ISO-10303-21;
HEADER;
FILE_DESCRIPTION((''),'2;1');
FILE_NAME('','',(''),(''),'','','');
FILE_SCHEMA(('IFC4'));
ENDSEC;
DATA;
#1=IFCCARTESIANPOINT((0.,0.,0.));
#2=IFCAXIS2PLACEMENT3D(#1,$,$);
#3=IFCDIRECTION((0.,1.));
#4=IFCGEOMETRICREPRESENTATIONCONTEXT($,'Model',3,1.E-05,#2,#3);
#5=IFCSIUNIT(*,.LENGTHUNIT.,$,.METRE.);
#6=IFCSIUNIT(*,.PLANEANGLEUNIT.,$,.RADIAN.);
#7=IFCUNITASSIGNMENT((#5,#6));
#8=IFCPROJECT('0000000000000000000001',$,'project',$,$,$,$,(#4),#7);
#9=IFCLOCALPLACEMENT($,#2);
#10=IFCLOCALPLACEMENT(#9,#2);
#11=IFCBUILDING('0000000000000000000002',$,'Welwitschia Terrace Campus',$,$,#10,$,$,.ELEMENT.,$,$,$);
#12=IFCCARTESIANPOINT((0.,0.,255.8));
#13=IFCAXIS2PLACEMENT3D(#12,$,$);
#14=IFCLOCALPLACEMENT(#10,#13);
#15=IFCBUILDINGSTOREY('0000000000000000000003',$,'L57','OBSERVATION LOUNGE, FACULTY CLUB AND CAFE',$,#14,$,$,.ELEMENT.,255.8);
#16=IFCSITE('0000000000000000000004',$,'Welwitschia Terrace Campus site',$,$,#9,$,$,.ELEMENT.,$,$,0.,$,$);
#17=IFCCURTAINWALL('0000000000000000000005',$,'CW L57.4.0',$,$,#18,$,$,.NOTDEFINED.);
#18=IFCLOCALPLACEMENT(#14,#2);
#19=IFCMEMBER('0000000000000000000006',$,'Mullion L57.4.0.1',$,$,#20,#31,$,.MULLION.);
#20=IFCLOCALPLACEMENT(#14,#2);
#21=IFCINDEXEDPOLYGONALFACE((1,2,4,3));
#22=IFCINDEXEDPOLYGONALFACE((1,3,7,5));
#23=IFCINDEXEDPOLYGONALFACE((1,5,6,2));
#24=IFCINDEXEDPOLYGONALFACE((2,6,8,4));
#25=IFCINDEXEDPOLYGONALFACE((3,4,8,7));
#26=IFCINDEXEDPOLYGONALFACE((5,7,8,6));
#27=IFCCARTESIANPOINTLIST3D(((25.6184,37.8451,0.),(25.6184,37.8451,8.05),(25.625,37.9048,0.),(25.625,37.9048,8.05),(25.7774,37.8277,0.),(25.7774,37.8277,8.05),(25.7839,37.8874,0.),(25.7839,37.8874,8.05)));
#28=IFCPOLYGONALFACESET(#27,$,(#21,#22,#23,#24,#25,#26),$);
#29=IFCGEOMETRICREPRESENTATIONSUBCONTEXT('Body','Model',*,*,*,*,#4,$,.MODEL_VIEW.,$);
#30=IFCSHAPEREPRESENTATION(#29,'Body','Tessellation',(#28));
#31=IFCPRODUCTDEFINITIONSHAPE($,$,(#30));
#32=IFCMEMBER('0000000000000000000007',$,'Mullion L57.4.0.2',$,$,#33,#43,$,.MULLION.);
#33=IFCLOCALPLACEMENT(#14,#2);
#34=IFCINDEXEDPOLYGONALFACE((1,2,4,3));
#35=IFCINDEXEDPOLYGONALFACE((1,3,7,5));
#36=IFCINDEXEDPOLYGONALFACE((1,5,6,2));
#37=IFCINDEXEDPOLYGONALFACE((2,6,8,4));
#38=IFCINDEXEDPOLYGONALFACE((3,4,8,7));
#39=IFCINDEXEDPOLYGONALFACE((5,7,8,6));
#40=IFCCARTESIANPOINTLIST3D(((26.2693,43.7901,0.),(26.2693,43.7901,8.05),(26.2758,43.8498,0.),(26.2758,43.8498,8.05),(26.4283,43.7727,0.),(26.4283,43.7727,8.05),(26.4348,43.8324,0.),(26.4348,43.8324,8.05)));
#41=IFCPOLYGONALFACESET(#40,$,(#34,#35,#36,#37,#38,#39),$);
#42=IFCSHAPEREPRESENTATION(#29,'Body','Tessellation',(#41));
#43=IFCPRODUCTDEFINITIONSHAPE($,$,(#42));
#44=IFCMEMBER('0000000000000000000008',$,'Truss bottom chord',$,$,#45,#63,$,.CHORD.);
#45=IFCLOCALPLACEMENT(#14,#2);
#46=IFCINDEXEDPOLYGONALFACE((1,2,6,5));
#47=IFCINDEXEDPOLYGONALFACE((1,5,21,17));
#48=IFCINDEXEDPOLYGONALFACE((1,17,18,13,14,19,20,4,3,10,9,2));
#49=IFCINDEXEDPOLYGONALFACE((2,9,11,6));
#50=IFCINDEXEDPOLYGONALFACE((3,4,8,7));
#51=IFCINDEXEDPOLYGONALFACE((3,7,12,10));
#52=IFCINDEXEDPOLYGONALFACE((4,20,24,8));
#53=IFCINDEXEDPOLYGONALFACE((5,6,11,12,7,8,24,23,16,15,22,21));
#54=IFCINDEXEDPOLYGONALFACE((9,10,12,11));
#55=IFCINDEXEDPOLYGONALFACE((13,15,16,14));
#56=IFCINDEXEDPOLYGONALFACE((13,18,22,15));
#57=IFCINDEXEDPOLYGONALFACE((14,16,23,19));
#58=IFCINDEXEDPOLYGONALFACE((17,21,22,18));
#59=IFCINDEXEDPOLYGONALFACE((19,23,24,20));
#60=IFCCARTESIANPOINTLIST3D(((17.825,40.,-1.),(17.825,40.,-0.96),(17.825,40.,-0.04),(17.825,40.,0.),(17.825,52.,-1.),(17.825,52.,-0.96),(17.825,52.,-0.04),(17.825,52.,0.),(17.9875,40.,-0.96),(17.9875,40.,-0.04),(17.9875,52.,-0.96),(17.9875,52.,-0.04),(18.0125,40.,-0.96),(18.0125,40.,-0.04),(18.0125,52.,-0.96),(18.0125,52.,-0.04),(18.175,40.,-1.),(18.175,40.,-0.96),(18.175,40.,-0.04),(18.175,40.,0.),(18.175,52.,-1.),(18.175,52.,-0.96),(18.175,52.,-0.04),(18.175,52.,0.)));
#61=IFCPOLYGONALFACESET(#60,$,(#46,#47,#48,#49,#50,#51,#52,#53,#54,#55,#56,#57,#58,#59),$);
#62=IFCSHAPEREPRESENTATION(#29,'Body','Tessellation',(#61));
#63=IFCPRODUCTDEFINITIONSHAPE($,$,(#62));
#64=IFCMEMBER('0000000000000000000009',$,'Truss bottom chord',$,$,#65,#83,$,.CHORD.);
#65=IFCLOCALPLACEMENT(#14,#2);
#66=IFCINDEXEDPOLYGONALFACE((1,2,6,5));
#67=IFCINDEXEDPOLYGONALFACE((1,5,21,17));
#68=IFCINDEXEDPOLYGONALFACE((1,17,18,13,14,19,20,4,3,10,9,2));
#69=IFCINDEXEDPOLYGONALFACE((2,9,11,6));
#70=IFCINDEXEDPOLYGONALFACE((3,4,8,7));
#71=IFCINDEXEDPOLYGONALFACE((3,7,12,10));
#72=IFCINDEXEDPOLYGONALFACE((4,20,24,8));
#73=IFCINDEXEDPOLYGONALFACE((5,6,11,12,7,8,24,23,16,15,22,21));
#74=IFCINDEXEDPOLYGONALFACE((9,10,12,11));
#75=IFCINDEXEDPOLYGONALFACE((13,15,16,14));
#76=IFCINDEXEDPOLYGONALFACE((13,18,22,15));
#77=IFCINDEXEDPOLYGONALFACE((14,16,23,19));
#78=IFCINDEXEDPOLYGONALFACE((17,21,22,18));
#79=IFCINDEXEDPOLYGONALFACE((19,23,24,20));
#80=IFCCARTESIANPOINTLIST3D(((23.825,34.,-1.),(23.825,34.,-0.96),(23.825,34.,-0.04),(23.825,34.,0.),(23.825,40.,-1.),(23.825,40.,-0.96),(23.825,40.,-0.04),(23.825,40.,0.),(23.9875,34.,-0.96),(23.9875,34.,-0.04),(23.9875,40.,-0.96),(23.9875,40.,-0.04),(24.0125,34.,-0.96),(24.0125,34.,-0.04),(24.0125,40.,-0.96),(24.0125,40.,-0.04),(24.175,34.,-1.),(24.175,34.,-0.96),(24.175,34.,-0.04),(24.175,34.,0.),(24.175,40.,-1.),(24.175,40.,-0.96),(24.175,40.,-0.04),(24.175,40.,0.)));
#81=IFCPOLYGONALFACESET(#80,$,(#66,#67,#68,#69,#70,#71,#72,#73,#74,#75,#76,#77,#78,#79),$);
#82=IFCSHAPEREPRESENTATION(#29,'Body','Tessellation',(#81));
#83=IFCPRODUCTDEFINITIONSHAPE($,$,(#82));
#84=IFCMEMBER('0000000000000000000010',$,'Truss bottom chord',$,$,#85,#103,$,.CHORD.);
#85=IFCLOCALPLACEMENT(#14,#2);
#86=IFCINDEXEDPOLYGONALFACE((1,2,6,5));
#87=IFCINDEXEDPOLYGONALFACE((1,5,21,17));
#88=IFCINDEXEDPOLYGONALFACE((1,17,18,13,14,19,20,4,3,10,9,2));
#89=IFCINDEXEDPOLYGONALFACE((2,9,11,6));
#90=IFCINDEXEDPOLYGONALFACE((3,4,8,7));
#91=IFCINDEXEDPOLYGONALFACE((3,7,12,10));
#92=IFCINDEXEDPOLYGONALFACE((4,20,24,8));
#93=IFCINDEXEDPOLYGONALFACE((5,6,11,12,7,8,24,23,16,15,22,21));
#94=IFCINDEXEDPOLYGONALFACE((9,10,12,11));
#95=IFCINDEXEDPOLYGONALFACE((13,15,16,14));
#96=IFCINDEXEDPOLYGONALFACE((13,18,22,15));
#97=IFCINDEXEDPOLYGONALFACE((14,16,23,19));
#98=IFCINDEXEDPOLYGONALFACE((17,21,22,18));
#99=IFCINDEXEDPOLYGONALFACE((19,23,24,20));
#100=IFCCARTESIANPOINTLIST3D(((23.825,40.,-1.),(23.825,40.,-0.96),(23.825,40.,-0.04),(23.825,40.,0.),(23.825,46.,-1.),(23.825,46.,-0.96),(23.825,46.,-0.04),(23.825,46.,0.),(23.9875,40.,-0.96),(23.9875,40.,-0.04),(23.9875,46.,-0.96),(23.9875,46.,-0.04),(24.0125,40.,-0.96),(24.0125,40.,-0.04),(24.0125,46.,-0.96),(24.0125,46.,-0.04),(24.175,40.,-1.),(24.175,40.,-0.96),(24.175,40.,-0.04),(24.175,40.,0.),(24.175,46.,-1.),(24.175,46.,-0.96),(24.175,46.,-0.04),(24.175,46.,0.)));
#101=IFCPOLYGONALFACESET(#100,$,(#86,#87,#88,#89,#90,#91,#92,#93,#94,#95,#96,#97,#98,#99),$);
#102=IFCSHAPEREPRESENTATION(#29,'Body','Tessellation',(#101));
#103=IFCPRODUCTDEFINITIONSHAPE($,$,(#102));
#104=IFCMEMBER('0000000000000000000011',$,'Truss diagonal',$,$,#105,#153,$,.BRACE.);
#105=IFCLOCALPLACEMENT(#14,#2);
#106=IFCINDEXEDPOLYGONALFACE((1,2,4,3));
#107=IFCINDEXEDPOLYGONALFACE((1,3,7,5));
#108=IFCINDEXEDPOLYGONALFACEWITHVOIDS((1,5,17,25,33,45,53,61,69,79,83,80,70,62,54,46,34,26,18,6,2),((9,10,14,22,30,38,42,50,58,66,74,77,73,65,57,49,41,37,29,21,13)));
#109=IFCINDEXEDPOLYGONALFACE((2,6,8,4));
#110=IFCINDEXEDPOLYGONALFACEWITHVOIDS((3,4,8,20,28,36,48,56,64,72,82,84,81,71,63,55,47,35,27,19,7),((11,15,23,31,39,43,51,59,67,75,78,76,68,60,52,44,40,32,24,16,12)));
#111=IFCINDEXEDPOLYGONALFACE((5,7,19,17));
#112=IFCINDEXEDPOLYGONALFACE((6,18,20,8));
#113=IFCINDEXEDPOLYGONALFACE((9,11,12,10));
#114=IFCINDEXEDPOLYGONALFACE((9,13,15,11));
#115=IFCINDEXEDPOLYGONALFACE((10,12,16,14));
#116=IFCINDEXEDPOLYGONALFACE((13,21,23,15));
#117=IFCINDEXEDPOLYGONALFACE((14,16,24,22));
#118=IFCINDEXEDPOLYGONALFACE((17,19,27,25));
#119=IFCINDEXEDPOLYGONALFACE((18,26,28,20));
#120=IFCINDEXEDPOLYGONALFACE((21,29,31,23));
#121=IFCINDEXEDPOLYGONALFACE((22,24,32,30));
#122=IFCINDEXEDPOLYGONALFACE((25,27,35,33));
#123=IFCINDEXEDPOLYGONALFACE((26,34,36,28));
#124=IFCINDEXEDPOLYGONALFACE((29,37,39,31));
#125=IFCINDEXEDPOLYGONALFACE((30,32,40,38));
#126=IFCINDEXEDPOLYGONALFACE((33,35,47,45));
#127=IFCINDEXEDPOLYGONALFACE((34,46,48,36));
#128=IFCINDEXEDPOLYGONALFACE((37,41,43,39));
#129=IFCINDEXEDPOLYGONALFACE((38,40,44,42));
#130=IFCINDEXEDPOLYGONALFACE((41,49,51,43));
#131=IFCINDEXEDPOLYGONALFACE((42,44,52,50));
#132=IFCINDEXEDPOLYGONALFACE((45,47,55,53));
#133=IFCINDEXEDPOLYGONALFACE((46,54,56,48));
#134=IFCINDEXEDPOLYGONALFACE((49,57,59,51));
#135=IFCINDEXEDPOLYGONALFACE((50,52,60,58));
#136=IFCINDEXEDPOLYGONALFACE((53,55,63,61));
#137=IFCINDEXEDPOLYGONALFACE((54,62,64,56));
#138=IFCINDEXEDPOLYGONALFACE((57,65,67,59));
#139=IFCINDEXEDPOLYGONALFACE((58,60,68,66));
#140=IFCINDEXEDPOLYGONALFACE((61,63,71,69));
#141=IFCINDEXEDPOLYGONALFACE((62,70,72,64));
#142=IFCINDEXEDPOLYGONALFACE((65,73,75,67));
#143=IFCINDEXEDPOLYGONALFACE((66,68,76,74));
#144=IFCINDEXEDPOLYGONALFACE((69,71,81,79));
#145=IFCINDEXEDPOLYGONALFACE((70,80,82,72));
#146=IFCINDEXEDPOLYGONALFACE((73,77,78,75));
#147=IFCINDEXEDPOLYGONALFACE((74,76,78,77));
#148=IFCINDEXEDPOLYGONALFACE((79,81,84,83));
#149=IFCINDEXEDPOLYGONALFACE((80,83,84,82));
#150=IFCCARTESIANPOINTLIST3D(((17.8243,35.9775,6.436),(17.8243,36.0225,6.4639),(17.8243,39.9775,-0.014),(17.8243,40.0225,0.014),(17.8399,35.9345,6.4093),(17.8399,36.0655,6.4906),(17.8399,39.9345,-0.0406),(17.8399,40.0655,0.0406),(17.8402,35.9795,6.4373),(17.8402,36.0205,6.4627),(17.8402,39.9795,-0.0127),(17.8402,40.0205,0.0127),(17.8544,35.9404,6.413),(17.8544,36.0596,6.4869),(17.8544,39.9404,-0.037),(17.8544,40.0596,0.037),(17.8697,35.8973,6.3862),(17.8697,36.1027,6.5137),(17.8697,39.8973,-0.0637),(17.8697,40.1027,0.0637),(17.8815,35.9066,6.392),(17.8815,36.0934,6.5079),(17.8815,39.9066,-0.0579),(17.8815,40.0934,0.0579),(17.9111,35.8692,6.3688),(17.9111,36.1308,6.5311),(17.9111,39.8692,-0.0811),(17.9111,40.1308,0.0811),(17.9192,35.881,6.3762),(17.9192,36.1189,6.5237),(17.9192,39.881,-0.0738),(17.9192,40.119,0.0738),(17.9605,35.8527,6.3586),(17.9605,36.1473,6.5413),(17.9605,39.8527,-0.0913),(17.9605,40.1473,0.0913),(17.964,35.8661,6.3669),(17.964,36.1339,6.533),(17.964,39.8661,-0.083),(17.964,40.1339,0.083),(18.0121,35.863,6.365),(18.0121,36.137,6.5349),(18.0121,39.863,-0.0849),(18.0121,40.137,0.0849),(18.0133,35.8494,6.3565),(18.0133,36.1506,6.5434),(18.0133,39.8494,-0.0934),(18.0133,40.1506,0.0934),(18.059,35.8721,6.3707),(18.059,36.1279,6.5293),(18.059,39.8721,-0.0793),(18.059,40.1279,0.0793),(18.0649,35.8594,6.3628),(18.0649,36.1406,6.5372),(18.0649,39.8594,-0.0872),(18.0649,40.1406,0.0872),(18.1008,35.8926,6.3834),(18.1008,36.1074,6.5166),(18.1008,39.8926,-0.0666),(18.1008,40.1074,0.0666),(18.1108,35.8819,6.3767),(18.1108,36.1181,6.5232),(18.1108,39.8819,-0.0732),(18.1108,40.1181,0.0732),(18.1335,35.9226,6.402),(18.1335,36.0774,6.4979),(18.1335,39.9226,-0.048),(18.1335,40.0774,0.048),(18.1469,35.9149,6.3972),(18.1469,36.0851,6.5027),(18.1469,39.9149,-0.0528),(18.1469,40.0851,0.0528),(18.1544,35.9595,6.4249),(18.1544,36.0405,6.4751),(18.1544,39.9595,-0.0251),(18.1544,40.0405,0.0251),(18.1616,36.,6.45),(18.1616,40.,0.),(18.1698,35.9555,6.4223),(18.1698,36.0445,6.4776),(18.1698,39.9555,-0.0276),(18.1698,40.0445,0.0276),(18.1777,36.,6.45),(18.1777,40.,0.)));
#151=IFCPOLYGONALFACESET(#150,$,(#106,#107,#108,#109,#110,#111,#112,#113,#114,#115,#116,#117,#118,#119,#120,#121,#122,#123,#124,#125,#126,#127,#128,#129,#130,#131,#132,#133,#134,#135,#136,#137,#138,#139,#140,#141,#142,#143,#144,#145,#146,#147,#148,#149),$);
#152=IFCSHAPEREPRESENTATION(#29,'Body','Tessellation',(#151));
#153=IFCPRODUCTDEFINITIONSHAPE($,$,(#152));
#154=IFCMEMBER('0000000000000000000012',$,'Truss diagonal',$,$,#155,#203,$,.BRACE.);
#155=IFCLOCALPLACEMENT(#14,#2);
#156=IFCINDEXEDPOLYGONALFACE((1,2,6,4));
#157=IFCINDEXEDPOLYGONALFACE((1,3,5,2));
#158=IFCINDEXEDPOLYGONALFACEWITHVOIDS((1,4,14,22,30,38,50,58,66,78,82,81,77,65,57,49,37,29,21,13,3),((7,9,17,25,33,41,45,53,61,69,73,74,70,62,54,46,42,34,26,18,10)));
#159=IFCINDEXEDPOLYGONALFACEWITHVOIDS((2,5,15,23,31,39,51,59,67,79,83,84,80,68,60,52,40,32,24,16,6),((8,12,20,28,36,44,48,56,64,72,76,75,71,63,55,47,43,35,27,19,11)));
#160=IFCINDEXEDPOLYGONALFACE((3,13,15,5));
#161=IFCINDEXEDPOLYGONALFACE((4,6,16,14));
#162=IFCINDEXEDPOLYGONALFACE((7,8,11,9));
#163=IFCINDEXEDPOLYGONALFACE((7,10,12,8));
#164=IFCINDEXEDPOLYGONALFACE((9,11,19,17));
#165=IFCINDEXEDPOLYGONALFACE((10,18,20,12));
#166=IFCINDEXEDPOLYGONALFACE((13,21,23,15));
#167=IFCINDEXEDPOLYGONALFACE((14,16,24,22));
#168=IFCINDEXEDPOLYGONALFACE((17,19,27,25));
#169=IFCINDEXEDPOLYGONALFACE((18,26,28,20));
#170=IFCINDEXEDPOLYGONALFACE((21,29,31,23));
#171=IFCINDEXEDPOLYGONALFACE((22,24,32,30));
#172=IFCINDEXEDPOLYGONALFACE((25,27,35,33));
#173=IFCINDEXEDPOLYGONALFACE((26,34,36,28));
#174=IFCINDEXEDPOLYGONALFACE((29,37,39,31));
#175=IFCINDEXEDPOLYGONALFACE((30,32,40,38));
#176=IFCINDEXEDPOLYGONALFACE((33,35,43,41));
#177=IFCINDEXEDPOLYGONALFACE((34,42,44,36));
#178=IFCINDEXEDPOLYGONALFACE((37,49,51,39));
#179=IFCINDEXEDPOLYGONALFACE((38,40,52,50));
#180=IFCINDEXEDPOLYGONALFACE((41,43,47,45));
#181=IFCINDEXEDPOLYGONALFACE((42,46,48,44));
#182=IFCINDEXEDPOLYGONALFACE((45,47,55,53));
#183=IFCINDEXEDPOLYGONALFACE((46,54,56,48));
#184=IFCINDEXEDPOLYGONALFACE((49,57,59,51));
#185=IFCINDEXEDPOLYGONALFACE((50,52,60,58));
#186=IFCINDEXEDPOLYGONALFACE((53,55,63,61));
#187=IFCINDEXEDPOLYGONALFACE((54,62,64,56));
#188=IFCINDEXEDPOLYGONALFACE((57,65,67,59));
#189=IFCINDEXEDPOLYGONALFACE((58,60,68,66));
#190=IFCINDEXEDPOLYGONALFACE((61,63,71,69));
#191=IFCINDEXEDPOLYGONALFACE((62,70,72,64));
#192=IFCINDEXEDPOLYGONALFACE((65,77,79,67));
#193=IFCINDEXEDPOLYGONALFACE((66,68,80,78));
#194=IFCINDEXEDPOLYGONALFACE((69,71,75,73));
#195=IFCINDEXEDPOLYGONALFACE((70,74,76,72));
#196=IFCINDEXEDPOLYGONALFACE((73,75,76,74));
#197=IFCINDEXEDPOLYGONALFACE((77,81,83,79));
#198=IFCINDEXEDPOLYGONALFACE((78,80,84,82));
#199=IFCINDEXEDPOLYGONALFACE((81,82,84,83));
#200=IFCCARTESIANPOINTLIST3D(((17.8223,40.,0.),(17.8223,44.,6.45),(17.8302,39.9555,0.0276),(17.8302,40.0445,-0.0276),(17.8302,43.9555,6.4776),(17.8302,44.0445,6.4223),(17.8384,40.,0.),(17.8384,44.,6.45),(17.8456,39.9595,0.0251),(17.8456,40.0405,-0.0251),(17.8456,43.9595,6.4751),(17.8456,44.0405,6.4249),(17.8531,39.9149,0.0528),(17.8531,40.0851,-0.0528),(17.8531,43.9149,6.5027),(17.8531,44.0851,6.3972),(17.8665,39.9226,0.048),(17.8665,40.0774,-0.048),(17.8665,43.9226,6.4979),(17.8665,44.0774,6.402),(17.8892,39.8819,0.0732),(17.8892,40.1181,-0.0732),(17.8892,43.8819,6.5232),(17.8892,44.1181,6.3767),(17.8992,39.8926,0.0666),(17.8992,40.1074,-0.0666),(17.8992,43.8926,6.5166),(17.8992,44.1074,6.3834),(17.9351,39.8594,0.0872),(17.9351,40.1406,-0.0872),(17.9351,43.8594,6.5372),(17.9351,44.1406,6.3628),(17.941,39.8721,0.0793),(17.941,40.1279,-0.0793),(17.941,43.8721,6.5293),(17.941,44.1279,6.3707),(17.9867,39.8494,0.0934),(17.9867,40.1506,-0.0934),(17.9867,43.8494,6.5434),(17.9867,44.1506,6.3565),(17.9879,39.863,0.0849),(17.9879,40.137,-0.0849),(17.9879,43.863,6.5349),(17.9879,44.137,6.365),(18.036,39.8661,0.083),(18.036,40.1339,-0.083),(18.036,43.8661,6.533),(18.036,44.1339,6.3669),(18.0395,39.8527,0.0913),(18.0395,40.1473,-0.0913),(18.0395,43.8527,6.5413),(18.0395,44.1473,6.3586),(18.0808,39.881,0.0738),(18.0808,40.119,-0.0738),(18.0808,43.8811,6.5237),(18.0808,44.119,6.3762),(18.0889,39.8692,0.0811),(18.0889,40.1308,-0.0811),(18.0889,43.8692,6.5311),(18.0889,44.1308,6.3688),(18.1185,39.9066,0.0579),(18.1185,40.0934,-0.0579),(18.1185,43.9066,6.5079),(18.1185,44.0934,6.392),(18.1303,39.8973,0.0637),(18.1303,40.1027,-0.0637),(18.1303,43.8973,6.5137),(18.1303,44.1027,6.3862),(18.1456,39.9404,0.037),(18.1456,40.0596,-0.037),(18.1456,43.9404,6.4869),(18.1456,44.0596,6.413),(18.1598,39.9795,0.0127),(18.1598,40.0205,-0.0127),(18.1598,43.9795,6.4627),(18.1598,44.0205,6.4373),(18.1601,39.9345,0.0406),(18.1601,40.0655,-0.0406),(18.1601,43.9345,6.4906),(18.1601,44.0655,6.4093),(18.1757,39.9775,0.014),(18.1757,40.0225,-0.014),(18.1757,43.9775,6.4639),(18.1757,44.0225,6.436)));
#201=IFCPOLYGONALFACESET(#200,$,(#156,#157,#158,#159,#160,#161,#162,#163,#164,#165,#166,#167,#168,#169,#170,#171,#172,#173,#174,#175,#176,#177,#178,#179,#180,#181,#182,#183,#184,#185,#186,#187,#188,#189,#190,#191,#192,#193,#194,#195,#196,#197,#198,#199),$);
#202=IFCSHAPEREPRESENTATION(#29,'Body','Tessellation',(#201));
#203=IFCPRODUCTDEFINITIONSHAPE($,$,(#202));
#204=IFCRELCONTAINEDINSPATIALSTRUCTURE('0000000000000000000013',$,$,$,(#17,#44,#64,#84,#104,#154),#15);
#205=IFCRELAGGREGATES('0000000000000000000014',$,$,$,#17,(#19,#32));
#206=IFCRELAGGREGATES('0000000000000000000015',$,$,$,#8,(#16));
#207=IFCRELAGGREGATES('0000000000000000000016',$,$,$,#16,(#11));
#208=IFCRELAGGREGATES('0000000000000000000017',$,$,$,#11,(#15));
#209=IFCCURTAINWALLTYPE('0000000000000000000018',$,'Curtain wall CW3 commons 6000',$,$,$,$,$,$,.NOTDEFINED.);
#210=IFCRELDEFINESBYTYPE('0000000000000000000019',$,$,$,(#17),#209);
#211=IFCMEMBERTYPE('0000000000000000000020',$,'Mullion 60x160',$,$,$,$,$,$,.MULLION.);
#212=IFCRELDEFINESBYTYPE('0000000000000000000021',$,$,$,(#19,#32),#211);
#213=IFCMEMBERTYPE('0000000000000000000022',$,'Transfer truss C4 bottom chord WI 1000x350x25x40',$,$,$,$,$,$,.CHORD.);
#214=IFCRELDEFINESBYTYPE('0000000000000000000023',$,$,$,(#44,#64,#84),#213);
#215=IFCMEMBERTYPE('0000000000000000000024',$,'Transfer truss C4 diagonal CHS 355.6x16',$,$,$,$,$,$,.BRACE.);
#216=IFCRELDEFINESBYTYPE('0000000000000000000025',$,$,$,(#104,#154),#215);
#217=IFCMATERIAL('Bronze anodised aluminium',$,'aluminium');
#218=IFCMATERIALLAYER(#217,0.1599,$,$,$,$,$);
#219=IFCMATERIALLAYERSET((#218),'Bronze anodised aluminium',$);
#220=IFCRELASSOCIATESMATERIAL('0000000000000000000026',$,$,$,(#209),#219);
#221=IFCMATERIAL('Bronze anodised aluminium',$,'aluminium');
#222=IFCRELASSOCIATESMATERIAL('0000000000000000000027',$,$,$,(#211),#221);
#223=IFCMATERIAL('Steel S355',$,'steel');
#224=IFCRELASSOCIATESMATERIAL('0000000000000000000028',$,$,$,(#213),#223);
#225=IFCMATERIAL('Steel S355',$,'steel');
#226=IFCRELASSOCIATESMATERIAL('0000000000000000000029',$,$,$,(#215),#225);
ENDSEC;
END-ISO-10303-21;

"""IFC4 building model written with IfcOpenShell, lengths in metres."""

from ifc_helpers import new_model, si_unit, direction, frame, origin, origin_2d, place, context, subcontext, project, spatial, rectangle, hollow_circle, i_section, extrude, material, layer, layer_set, material_profile, profile_set, type_object, element, aggregate, save


model = new_model("IFC4")

# Units and contexts
model_context = context("Model", 3, precision=1e-05, world=origin(), true_north=direction((0.0, 1.0)))
body_context = subcontext(model_context, "Body", "Model", "MODEL_VIEW")
ifc_project = project(units=[si_unit("LENGTHUNIT", "METRE"), si_unit("PLANEANGLEUNIT", "RADIAN")], contexts=[model_context])

# Site, building, storey
site_placement = place(None, origin())
site = spatial("IfcSite", under=ifc_project, at=site_placement, Name="Welwitschia Terrace Campus site", CompositionType="ELEMENT", RefElevation=0.0)
building_placement = place(site_placement, origin())
building = spatial("IfcBuilding", under=site, at=building_placement, Name="Welwitschia Terrace Campus", CompositionType="ELEMENT")
storey_placement = place(building_placement, frame((0.0, 0.0, 255.8)))
storey = spatial("IfcBuildingStorey", under=building, at=storey_placement, Name="L57", Description="OBSERVATION LOUNGE, FACULTY CLUB AND CAFE", CompositionType="ELEMENT", Elevation=255.8)

# Curtain wall, members
ifc_material_1 = material(Name="Bronze anodised aluminium", Category="aluminium")
ifc_layer_1 = layer(ifc_material_1, 0.1599)
ifc_layer_set_1 = layer_set([ifc_layer_1], Name="Bronze anodised aluminium")
curtain_wall_type = type_object("IfcCurtainWallType", Name="Curtain wall CW3 commons 6000", PredefinedType="NOTDEFINED", material=ifc_layer_set_1)
curtain_wall_placement = place(storey_placement, origin())
curtain_wall = element("IfcCurtainWall", 1, at=curtain_wall_placement, inside=storey, type_object=curtain_wall_type, Name="CW L57.4.0", PredefinedType="NOTDEFINED")
ifc_material_2 = material(Name="Bronze anodised aluminium", Category="aluminium")
ifc_material_profile_1 = material_profile(ifc_material_2, rectangle(XDim=0.1599, YDim=0.0601, at=origin_2d()))
ifc_profile_set_1 = profile_set([ifc_material_profile_1], Name="Bronze anodised aluminium")
member_type_1 = type_object("IfcMemberType", Name="Mullion 60x160", PredefinedType="MULLION", material=ifc_profile_set_1)
member_1_placement = place(storey_placement, frame((25.7012, 37.8662, 0.0), z_axis=(0.0, 0.0, 1.0), x_axis=(-0.994056, 0.108867, 0.0)))
member_1 = element("IfcMember", 2, at=member_1_placement, type_object=member_type_1, Name="Mullion L57.4.0.1", PredefinedType="MULLION", context=body_context, shape_type="SweptSolid", body=[
    extrude(rectangle(XDim=0.1599, YDim=0.0601, at=origin_2d()), origin(), (0.0, 0.0, 1.0), 8.05),
])
member_2_placement = place(storey_placement, frame((26.3521, 43.8113, 0.0), z_axis=(0.0, 0.0, 1.0), x_axis=(-0.994056, 0.108867, 0.0)))
member_2 = element("IfcMember", 3, at=member_2_placement, type_object=member_type_1, Name="Mullion L57.4.0.2", PredefinedType="MULLION", context=body_context, shape_type="SweptSolid", body=[
    extrude(rectangle(XDim=0.1599, YDim=0.0601, at=origin_2d()), origin(), (0.0, 0.0, 1.0), 8.05),
])

# Members
ifc_material_3 = material(Name="Steel S355", Category="steel")
ifc_material_profile_2 = material_profile(ifc_material_3, i_section(OverallWidth=0.3501, OverallDepth=1.0, WebThickness=0.0249, FlangeThickness=0.04, at=origin_2d()))
ifc_profile_set_2 = profile_set([ifc_material_profile_2], Name="Steel S355")
member_type_2 = type_object("IfcMemberType", Name="Transfer truss C4 bottom chord WI 1000x350x25x40", PredefinedType="CHORD", material=ifc_profile_set_2)
member_3_placement = place(storey_placement, frame((18.0, 40.0, -0.5), z_axis=(0.0, 1.0, 0.0), x_axis=(-1.0, 0.0, 0.0)))
element("IfcMember", 4, at=member_3_placement, inside=storey, type_object=member_type_2, Name="Truss bottom chord", PredefinedType="CHORD", context=body_context, shape_type="SweptSolid", body=[
    extrude(i_section(OverallWidth=0.3501, OverallDepth=1.0, WebThickness=0.0249, FlangeThickness=0.04, at=origin_2d()), origin(), (0.0, 0.0, 1.0), 12.0),
])
for number, where, z_axis, x_axis, name in (
    (5, (24.0, 34.0, -0.5), (0.0, 1.0, 0.0), (-1.0, 0.0, 0.0), "Truss bottom chord"),
    (6, (24.0, 40.0, -0.5), (0.0, 1.0, 0.0), (-1.0, 0.0, 0.0), "Truss bottom chord"),
):
    element("IfcMember", number, at=place(storey_placement, frame(where, z_axis=z_axis, x_axis=x_axis)), inside=storey, type_object=member_type_2, Name=name, PredefinedType="CHORD", context=body_context, shape_type="SweptSolid", body=[
        extrude(i_section(OverallWidth=0.3501, OverallDepth=1.0, WebThickness=0.0249, FlangeThickness=0.04, at=origin_2d()), origin(), (0.0, 0.0, 1.0), 6.0),
    ])
ifc_material_4 = material(Name="Steel S355", Category="steel")
ifc_material_profile_3 = material_profile(ifc_material_4, hollow_circle(Radius=0.1777, WallThickness=0.0161, at=origin_2d()))
ifc_profile_set_3 = profile_set([ifc_material_profile_3], Name="Steel S355")
member_type_3 = type_object("IfcMemberType", Name="Transfer truss C4 diagonal CHS 355.6x16", PredefinedType="BRACE", material=ifc_profile_set_3)
for number, where, z_axis, x_axis, name in (
    (7, (18.0, 40.0, 0.0), (0.0, -0.527038, 0.849842), (1.0, 0.0, 0.0), "Truss diagonal"),
    (8, (18.0, 40.0, 0.0), (0.0, 0.527038, 0.849842), (-1.0, 0.0, 0.0), "Truss diagonal"),
):
    element("IfcMember", number, at=place(storey_placement, frame(where, z_axis=z_axis, x_axis=x_axis)), inside=storey, type_object=member_type_3, Name=name, PredefinedType="BRACE", context=body_context, shape_type="SweptSolid", body=[
        extrude(hollow_circle(Radius=0.1777, WallThickness=0.0161, at=origin_2d()), origin(), (0.0, 0.0, 1.0), 7.5896),
    ])

aggregate(curtain_wall, [member_1, member_2])

save(model, "model.ifc")
